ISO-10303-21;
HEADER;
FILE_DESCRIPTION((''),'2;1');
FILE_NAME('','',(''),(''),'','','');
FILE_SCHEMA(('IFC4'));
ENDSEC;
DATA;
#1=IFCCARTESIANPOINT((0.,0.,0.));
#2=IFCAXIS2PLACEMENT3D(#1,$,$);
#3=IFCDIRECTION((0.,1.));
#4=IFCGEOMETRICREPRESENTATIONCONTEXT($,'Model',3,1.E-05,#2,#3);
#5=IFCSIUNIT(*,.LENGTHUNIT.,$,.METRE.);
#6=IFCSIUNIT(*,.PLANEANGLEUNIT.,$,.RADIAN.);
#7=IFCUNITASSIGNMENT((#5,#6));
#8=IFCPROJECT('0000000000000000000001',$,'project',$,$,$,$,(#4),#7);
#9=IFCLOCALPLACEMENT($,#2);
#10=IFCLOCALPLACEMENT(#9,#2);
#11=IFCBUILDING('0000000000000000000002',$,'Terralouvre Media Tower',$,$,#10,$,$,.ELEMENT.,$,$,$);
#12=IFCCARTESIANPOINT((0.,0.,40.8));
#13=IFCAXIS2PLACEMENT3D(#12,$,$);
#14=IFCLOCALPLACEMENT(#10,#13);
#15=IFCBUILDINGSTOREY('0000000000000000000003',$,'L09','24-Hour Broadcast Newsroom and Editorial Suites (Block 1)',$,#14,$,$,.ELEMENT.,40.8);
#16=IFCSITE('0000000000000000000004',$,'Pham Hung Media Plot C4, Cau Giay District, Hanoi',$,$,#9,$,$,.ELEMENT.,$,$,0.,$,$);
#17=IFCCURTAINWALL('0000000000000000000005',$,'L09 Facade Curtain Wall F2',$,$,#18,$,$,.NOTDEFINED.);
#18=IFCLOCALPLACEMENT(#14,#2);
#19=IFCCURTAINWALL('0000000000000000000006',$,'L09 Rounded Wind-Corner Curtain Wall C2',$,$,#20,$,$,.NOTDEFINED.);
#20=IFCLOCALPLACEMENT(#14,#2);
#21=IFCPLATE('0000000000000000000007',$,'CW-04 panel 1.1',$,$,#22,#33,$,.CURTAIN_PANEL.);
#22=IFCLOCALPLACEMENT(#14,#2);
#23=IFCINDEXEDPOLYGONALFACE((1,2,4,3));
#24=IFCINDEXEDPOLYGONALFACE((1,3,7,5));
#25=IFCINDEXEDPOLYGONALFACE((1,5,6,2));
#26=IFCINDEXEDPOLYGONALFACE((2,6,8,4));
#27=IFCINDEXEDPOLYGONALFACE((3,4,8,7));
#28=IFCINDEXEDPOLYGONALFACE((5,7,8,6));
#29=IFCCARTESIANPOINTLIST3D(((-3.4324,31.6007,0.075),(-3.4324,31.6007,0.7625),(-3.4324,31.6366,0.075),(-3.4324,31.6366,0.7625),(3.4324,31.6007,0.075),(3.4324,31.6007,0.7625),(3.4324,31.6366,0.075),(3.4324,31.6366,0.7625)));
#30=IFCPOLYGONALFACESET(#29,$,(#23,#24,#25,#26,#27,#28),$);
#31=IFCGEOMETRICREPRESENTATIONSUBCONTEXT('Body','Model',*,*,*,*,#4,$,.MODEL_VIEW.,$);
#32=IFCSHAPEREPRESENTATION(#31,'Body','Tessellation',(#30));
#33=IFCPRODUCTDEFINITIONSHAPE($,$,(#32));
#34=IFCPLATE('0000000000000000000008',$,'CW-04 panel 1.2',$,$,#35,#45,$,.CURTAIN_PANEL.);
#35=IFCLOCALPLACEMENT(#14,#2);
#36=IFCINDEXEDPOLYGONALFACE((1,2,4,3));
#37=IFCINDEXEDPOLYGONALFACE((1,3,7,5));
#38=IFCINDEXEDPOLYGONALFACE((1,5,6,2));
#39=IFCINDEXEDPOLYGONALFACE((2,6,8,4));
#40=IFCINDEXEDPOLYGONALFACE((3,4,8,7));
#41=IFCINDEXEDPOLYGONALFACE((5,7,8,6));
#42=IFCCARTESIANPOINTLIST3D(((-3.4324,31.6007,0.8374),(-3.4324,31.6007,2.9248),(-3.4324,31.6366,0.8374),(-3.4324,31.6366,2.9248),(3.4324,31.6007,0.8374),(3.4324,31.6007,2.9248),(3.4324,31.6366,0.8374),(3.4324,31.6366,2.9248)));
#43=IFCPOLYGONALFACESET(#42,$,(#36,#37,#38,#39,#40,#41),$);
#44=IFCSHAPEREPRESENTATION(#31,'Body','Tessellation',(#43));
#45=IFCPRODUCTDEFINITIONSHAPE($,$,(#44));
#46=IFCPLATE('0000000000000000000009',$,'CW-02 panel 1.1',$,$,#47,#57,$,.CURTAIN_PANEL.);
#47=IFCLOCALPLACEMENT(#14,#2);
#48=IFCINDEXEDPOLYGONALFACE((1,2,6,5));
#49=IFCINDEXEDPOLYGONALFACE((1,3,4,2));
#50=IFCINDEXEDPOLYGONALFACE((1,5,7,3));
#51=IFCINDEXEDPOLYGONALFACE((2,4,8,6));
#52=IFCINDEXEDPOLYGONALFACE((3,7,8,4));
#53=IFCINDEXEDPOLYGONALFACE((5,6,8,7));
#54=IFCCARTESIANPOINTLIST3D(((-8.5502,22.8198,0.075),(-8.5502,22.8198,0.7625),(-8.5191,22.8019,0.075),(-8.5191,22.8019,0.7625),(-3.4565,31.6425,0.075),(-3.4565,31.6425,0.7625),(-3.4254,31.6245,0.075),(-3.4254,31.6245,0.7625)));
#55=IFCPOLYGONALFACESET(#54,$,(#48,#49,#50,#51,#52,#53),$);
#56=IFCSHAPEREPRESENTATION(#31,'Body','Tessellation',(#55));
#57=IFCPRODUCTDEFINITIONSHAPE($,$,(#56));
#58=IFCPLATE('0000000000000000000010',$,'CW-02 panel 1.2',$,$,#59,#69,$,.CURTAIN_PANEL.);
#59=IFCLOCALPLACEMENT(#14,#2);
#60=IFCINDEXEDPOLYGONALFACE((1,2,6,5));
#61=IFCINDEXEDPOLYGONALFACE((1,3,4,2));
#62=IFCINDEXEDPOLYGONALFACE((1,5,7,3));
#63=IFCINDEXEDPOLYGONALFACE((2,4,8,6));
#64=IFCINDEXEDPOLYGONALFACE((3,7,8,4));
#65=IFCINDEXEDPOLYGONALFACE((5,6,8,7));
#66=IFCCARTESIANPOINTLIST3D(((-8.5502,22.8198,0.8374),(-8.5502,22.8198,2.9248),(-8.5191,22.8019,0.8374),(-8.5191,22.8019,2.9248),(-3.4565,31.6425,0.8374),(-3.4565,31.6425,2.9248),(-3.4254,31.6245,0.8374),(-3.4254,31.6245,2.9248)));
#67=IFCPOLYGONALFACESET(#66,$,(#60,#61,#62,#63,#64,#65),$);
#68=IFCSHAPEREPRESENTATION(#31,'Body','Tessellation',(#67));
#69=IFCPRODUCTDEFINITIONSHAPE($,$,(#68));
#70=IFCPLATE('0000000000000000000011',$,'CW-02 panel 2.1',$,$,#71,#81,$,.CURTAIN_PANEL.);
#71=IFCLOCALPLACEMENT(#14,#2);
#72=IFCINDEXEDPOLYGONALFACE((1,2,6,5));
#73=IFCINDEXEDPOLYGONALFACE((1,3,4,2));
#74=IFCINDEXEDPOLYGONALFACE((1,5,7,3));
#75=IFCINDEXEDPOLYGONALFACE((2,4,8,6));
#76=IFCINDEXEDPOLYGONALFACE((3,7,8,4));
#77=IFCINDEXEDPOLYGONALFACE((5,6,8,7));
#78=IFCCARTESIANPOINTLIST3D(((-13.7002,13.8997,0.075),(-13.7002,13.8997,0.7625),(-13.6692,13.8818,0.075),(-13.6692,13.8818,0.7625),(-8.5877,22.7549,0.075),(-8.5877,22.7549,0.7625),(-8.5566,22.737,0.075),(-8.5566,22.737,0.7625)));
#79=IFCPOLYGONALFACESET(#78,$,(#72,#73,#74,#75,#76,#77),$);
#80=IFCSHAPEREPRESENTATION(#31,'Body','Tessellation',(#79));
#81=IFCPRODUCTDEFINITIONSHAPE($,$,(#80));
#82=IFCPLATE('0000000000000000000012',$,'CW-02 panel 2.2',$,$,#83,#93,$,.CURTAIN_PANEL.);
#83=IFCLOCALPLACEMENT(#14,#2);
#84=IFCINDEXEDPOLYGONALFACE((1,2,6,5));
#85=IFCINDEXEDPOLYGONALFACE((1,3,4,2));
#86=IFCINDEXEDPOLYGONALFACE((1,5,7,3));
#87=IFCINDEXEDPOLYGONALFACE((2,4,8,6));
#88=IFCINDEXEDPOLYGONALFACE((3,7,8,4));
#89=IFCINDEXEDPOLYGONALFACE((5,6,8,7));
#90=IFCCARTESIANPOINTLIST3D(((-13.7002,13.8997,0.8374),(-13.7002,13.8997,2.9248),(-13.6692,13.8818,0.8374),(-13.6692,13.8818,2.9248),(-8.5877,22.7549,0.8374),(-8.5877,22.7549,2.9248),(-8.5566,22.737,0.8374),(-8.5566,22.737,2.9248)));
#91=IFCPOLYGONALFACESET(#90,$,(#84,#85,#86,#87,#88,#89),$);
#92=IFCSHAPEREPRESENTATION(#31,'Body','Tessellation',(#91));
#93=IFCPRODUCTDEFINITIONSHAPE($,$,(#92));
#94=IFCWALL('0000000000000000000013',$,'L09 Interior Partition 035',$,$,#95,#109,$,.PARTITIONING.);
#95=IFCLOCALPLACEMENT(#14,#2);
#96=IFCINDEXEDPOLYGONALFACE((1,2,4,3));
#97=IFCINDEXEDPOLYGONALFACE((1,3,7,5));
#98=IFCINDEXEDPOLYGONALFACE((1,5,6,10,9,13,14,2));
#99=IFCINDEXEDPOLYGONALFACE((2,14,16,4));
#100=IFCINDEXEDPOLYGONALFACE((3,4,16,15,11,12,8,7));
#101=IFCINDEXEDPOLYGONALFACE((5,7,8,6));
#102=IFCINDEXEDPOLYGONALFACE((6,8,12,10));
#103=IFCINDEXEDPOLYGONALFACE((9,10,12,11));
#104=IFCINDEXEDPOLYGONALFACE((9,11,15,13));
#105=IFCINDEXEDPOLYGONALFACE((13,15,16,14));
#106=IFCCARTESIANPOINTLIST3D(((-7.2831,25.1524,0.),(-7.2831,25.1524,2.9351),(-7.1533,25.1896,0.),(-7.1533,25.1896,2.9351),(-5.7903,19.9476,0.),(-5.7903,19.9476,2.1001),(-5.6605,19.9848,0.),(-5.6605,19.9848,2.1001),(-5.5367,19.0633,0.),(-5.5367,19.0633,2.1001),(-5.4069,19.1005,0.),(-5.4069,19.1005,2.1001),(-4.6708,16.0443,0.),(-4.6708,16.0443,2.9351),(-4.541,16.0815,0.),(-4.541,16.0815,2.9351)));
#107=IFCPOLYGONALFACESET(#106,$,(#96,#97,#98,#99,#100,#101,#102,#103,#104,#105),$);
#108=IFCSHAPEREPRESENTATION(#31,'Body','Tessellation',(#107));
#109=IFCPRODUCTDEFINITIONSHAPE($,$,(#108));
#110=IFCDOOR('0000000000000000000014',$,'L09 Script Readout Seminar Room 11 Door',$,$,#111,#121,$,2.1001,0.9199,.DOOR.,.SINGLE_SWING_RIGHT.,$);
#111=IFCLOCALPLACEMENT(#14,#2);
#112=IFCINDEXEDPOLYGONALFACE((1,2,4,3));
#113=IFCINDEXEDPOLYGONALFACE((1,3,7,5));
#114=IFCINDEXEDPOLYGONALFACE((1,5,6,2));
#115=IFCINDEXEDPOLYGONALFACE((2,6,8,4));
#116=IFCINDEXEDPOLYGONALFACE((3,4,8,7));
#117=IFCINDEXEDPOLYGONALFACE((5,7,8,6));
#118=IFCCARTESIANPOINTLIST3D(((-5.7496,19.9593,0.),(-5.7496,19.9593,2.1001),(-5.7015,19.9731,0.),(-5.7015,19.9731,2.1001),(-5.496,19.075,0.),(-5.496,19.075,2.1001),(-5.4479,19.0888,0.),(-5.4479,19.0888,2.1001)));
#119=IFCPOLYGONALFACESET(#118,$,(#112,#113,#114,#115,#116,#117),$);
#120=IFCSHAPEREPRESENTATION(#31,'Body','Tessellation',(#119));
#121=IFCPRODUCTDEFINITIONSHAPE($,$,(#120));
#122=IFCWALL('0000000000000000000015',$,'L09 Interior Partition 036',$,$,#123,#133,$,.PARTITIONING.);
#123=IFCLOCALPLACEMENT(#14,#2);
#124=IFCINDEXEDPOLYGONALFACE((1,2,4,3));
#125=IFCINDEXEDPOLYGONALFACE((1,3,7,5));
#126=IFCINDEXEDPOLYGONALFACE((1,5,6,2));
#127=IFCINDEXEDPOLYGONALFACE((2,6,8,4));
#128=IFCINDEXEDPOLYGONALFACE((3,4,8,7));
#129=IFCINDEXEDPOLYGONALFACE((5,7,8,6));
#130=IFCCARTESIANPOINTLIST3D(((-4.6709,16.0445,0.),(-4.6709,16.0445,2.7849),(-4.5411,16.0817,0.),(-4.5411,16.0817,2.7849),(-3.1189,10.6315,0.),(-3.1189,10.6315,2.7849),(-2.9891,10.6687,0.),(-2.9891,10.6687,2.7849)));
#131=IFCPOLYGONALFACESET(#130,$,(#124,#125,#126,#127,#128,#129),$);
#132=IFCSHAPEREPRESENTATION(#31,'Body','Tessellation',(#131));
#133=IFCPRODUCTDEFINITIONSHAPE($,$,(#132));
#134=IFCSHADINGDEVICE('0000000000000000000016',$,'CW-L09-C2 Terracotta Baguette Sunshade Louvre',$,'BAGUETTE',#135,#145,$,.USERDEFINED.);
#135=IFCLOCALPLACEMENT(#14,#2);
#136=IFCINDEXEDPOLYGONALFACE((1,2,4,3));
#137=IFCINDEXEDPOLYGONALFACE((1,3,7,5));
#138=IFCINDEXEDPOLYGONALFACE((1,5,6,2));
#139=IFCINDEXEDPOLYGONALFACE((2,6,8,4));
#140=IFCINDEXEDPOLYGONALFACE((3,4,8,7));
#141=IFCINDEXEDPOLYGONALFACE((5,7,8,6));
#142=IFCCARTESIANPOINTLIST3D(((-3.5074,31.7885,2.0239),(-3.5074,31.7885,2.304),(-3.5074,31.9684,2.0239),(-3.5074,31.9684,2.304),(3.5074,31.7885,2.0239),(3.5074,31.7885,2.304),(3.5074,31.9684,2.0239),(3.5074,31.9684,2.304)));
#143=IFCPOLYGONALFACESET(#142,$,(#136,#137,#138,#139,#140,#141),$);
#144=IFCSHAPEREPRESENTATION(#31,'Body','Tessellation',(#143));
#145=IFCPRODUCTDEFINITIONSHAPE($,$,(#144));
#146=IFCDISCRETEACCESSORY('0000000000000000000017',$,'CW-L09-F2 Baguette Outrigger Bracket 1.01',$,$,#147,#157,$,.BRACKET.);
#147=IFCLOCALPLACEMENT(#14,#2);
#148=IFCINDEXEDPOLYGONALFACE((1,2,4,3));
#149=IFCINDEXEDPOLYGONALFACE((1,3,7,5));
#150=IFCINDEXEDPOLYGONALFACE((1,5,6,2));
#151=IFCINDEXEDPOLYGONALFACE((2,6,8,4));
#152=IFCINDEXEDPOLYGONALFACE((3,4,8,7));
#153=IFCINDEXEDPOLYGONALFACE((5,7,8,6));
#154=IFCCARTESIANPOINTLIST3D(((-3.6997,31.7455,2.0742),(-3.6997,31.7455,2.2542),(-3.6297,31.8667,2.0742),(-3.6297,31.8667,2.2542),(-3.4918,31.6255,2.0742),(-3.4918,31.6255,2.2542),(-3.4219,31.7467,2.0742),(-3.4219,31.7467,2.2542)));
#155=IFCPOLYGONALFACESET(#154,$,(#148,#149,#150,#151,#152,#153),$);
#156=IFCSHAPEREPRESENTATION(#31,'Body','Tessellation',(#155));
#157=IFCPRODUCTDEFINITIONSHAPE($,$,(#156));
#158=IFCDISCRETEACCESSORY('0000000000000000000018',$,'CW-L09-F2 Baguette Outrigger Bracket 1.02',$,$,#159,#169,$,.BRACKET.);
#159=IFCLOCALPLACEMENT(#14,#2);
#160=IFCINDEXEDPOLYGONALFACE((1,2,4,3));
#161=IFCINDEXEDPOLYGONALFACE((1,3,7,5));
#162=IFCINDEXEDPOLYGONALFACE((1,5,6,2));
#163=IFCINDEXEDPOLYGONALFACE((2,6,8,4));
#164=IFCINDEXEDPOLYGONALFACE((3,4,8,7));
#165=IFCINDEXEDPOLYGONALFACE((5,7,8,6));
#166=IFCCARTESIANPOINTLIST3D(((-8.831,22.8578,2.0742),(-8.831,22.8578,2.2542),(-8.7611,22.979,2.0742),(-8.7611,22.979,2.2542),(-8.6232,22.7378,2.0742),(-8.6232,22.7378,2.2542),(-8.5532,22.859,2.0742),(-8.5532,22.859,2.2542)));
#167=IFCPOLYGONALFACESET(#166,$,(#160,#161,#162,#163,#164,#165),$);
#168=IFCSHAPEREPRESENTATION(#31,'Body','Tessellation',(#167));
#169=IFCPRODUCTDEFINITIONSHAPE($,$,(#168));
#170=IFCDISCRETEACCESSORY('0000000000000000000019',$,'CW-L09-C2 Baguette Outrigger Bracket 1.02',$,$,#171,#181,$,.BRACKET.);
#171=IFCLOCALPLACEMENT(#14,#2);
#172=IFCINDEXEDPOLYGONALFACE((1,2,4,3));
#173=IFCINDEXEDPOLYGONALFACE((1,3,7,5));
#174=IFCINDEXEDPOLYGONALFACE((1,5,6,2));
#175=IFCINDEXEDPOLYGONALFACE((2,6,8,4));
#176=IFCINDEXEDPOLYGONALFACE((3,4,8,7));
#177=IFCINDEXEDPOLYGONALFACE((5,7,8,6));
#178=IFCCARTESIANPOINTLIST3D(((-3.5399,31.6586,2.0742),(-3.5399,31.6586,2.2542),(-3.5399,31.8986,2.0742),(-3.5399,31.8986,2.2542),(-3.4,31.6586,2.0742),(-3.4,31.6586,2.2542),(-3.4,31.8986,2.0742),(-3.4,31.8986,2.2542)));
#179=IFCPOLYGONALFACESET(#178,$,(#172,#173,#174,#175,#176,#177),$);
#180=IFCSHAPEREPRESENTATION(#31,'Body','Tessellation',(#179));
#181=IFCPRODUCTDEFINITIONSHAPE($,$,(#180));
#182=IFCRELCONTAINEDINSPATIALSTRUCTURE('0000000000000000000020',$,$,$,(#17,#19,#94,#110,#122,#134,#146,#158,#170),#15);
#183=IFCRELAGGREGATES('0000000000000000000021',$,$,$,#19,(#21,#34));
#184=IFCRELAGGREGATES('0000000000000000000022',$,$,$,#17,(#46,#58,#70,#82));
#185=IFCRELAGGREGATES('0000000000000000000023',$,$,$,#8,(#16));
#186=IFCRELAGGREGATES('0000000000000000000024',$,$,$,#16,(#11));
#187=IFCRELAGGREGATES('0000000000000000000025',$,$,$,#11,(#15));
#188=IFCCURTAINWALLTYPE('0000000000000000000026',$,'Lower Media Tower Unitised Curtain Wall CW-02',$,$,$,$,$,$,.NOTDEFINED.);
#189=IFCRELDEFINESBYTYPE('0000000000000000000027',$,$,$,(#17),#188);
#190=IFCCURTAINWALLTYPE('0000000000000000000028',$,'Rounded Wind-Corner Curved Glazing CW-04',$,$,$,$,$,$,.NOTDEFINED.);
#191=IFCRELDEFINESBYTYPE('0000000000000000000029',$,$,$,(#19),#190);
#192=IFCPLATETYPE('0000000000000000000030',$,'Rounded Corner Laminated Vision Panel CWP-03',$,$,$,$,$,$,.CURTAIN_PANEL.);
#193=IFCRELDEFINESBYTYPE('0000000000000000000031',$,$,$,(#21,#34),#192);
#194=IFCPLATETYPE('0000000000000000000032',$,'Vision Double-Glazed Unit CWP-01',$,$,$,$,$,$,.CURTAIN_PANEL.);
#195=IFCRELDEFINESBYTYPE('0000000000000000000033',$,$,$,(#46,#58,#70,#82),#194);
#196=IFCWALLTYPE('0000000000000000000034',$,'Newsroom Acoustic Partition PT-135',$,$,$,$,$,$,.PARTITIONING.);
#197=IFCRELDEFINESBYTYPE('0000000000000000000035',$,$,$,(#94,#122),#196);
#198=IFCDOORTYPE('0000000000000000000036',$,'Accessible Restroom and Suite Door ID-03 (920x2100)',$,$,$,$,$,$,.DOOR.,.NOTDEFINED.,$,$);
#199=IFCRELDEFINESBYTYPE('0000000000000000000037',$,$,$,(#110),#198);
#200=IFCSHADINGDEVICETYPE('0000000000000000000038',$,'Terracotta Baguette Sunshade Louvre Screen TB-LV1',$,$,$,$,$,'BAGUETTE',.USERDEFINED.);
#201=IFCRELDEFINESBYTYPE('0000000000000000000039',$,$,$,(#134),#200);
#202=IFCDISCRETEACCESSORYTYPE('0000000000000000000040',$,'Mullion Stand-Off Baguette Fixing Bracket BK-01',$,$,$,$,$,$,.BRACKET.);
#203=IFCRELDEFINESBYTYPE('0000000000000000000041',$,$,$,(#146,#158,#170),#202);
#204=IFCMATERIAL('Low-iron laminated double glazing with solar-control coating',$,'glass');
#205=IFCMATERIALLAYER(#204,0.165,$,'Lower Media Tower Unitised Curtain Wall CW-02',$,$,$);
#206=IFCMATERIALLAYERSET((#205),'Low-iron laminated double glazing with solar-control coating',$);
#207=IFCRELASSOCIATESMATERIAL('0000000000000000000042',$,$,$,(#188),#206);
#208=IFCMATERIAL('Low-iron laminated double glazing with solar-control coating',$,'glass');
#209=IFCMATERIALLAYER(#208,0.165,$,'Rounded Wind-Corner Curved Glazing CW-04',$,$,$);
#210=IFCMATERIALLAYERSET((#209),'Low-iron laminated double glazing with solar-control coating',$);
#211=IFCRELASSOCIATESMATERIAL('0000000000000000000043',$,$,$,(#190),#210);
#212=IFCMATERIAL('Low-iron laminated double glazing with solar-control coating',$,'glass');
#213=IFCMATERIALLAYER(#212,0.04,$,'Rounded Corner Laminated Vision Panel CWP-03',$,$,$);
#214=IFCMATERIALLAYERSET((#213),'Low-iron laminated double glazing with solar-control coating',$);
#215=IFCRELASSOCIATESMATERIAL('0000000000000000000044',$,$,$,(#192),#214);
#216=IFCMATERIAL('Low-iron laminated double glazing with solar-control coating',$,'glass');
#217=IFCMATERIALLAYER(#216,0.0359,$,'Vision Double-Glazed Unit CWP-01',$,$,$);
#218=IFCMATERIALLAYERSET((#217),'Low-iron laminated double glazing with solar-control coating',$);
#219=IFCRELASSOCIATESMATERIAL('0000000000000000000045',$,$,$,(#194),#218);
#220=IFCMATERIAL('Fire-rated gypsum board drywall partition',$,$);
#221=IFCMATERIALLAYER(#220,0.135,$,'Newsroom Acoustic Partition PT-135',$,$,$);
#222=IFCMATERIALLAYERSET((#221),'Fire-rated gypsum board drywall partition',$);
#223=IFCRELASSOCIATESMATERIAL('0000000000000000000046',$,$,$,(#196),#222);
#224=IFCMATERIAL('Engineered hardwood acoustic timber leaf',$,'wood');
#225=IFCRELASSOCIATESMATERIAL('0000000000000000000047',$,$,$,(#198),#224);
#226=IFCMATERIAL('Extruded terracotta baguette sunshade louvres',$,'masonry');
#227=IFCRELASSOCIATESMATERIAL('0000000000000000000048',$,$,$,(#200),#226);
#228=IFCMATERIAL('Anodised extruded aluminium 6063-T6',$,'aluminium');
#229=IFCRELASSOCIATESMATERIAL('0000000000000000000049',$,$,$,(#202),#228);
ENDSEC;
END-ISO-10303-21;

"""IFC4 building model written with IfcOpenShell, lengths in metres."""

from ifc_helpers import new_model, si_unit, direction, frame, frame_2d, origin, origin_2d, place, context, subcontext, project, spatial, rectangle, extrude, material, layer, layer_set, type_object, element, fill, aggregate, save


model = new_model("IFC4")

# Units and contexts
model_context = context("Model", 3, precision=1e-05, world=origin(), true_north=direction((0.0, 1.0)))
body_context = subcontext(model_context, "Body", "Model", "MODEL_VIEW")
ifc_project = project(units=[si_unit("LENGTHUNIT", "METRE"), si_unit("PLANEANGLEUNIT", "RADIAN")], contexts=[model_context])

# Site, building, storey
site_placement = place(None, origin())
site = spatial("IfcSite", under=ifc_project, at=site_placement, Name="Pham Hung Media Plot C4, Cau Giay District, Hanoi", CompositionType="ELEMENT", RefElevation=0.0)
building_placement = place(site_placement, origin())
building = spatial("IfcBuilding", under=site, at=building_placement, Name="Terralouvre Media Tower", CompositionType="ELEMENT")
storey_placement = place(building_placement, frame((0.0, 0.0, 40.8)))
storey = spatial("IfcBuildingStorey", under=building, at=storey_placement, Name="L09", Description="24-Hour Broadcast Newsroom and Editorial Suites (Block 1)", CompositionType="ELEMENT", Elevation=40.8)

# Curtain wall
ifc_material_1 = material(Name="Low-iron laminated double glazing with solar-control coating", Category="glass")
ifc_layer_1 = layer(ifc_material_1, 0.165, Name="Lower Media Tower Unitised Curtain Wall CW-02")
ifc_layer_set_1 = layer_set([ifc_layer_1], Name="Low-iron laminated double glazing with solar-control coating")
curtain_wall_type_1 = type_object("IfcCurtainWallType", Name="Lower Media Tower Unitised Curtain Wall CW-02", PredefinedType="NOTDEFINED", material=ifc_layer_set_1)
curtain_wall_1_placement = place(storey_placement, origin())
curtain_wall_1 = element("IfcCurtainWall", 1, at=curtain_wall_1_placement, inside=storey, type_object=curtain_wall_type_1, Name="L09 Facade Curtain Wall F2", PredefinedType="NOTDEFINED")

# Curtain wall
ifc_material_2 = material(Name="Low-iron laminated double glazing with solar-control coating", Category="glass")
ifc_layer_2 = layer(ifc_material_2, 0.165, Name="Rounded Wind-Corner Curved Glazing CW-04")
ifc_layer_set_2 = layer_set([ifc_layer_2], Name="Low-iron laminated double glazing with solar-control coating")
curtain_wall_type_2 = type_object("IfcCurtainWallType", Name="Rounded Wind-Corner Curved Glazing CW-04", PredefinedType="NOTDEFINED", material=ifc_layer_set_2)
curtain_wall_2_placement = place(storey_placement, origin())
curtain_wall_2 = element("IfcCurtainWall", 2, at=curtain_wall_2_placement, inside=storey, type_object=curtain_wall_type_2, Name="L09 Rounded Wind-Corner Curtain Wall C2", PredefinedType="NOTDEFINED")

# Plates
ifc_material_3 = material(Name="Low-iron laminated double glazing with solar-control coating", Category="glass")
ifc_layer_3 = layer(ifc_material_3, 0.04, Name="Rounded Corner Laminated Vision Panel CWP-03")
ifc_layer_set_3 = layer_set([ifc_layer_3], Name="Low-iron laminated double glazing with solar-control coating")
plate_type_1 = type_object("IfcPlateType", Name="Rounded Corner Laminated Vision Panel CWP-03", PredefinedType="CURTAIN_PANEL", material=ifc_layer_set_3)
plate_1_placement = place(storey_placement, frame((0.0, 31.6187, 0.075), z_axis=(0.0, 0.0, 1.0), x_axis=(-1.0, 0.0, 0.0)))
plate_1 = element("IfcPlate", 3, at=plate_1_placement, type_object=plate_type_1, Name="CW-04 panel 1.1", PredefinedType="CURTAIN_PANEL", context=body_context, shape_type="SweptSolid", body=[
    extrude(rectangle(XDim=6.8647, YDim=0.0359, at=origin_2d()), origin(), (0.0, 0.0, 1.0), 0.6875),
])
plate_2_placement = place(storey_placement, frame((0.0, 31.6187, 0.8374), z_axis=(0.0, 0.0, 1.0), x_axis=(-1.0, 0.0, 0.0)))
plate_2 = element("IfcPlate", 4, at=plate_2_placement, type_object=plate_type_1, Name="CW-04 panel 1.2", PredefinedType="CURTAIN_PANEL", context=body_context, shape_type="SweptSolid", body=[
    extrude(rectangle(XDim=6.8647, YDim=0.0359, at=origin_2d()), origin(), (0.0, 0.0, 1.0), 2.0874),
])
aggregate(curtain_wall_2, [plate_1, plate_2])
ifc_material_4 = material(Name="Low-iron laminated double glazing with solar-control coating", Category="glass")
ifc_layer_4 = layer(ifc_material_4, 0.0359, Name="Vision Double-Glazed Unit CWP-01")
ifc_layer_set_4 = layer_set([ifc_layer_4], Name="Low-iron laminated double glazing with solar-control coating")
plate_type_2 = type_object("IfcPlateType", Name="Vision Double-Glazed Unit CWP-01", PredefinedType="CURTAIN_PANEL", material=ifc_layer_set_4)
plate_3_placement = place(storey_placement, frame((-5.9878, 27.2222, 0.075), z_axis=(0.0, 0.0, 1.0), x_axis=(-0.5, -0.866025, 0.0)))
plate_3 = element("IfcPlate", 5, at=plate_3_placement, type_object=plate_type_2, Name="CW-02 panel 1.1", PredefinedType="CURTAIN_PANEL", context=body_context, shape_type="SweptSolid", body=[
    extrude(rectangle(XDim=10.1875, YDim=0.0359, at=origin_2d()), origin(), (0.0, 0.0, 1.0), 0.6875),
])
plate_4_placement = place(storey_placement, frame((-5.9878, 27.2222, 0.8374), z_axis=(0.0, 0.0, 1.0), x_axis=(-0.5, -0.866025, 0.0)))
plate_4 = element("IfcPlate", 6, at=plate_4_placement, type_object=plate_type_2, Name="CW-02 panel 1.2", PredefinedType="CURTAIN_PANEL", context=body_context, shape_type="SweptSolid", body=[
    extrude(rectangle(XDim=10.1875, YDim=0.0359, at=origin_2d()), origin(), (0.0, 0.0, 1.0), 2.0874),
])
plate_5_placement = place(storey_placement, frame((-11.1284, 18.3184, 0.075), z_axis=(0.0, 0.0, 1.0), x_axis=(-0.5, -0.866025, 0.0)))
plate_5 = element("IfcPlate", 7, at=plate_5_placement, type_object=plate_type_2, Name="CW-02 panel 2.1", PredefinedType="CURTAIN_PANEL", context=body_context, shape_type="SweptSolid", body=[
    extrude(rectangle(XDim=10.2251, YDim=0.0359, at=origin_2d()), origin(), (0.0, 0.0, 1.0), 0.6875),
])
plate_6_placement = place(storey_placement, frame((-11.1284, 18.3184, 0.8374), z_axis=(0.0, 0.0, 1.0), x_axis=(-0.5, -0.866025, 0.0)))
plate_6 = element("IfcPlate", 8, at=plate_6_placement, type_object=plate_type_2, Name="CW-02 panel 2.2", PredefinedType="CURTAIN_PANEL", context=body_context, shape_type="SweptSolid", body=[
    extrude(rectangle(XDim=10.2251, YDim=0.0359, at=origin_2d()), origin(), (0.0, 0.0, 1.0), 2.0874),
])
aggregate(curtain_wall_1, [plate_3, plate_4, plate_5, plate_6])

# Wall, opening, door
ifc_material_5 = material(Name="Fire-rated gypsum board drywall partition")
ifc_layer_5 = layer(ifc_material_5, 0.135, Name="Newsroom Acoustic Partition PT-135")
ifc_layer_set_5 = layer_set([ifc_layer_5], Name="Fire-rated gypsum board drywall partition")
wall_type = type_object("IfcWallType", Name="Newsroom Acoustic Partition PT-135", PredefinedType="PARTITIONING", material=ifc_layer_set_5)
wall_1_placement = place(storey_placement, frame((-7.2183, 25.1711, 0.0), z_axis=(0.0, 0.0, 1.0), x_axis=(0.275694, -0.961245, 0.0)))
wall_1 = element("IfcWall", 9, at=wall_1_placement, inside=storey, type_object=wall_type, Name="L09 Interior Partition 035", PredefinedType="PARTITIONING", context=body_context, shape_type="SweptSolid", body=[
    extrude(rectangle(XDim=9.4753, YDim=0.135, at=frame_2d((4.7378, 0.0))), origin(), (0.0, 0.0, 1.0), 2.9351),
])
opening_placement = place(wall_1_placement, frame((5.4148, 0.0, 0.0)))
opening = element("IfcOpeningElement", 10, at=opening_placement, cuts=wall_1, PredefinedType="OPENING", context=body_context, shape_type="SweptSolid", body=[
    extrude(rectangle(XDim=0.9199, YDim=2.1001, at=frame_2d((0.46, 1.05))), frame((0.0, 0.0774, 0.0), z_axis=(0.0, -1.0, 0.0), x_axis=(1.0, 0.0, 0.0)), (0.0, 0.0, 1.0), 0.155),
])
ifc_material_6 = material(Name="Engineered hardwood acoustic timber leaf", Category="wood")
door_type = type_object("IfcDoorType", Name="Accessible Restroom and Suite Door ID-03 (920x2100)", OperationType="NOTDEFINED", PredefinedType="DOOR", material=ifc_material_6)
door_placement = place(opening_placement, origin())
door = element("IfcDoor", 11, at=door_placement, inside=storey, type_object=door_type, Name="L09 Script Readout Seminar Room 11 Door", OperationType="SINGLE_SWING_RIGHT", OverallHeight=2.1001, OverallWidth=0.9199, PredefinedType="DOOR", context=body_context, shape_type="SweptSolid", body=[
    extrude(rectangle(XDim=0.9199, YDim=2.1001, at=frame_2d((0.46, 1.05))), frame((0.0, 0.0249, 0.0), z_axis=(0.0, -1.0, 0.0), x_axis=(1.0, 0.0, 0.0)), (0.0, 0.0, 1.0), 0.05),
])
fill(opening, door)

# Wall
wall_2_placement = place(storey_placement, frame((-4.606, 16.063, 0.0), z_axis=(0.0, 0.0, 1.0), x_axis=(0.275609, -0.96127, 0.0)))
element("IfcWall", 12, at=wall_2_placement, inside=storey, type_object=wall_type, Name="L09 Interior Partition 036", PredefinedType="PARTITIONING", context=body_context, shape_type="SweptSolid", body=[
    extrude(rectangle(XDim=5.6311, YDim=0.135, at=frame_2d((2.8154, 0.0))), origin(), (0.0, 0.0, 1.0), 2.7849),
])

# Shading device
ifc_material_7 = material(Name="Extruded terracotta baguette sunshade louvres", Category="masonry")
shading_device_type = type_object("IfcShadingDeviceType", Name="Terracotta Baguette Sunshade Louvre Screen TB-LV1", ElementType="BAGUETTE", PredefinedType="USERDEFINED", material=ifc_material_7)
shading_device_placement = place(storey_placement, frame((0.0, 31.8784, 2.0239), z_axis=(0.0, 0.0, 1.0), x_axis=(-1.0, 0.0, 0.0)))
element("IfcShadingDevice", 13, at=shading_device_placement, inside=storey, type_object=shading_device_type, Name="CW-L09-C2 Terracotta Baguette Sunshade Louvre", ObjectType="BAGUETTE", PredefinedType="USERDEFINED", context=body_context, shape_type="SweptSolid", body=[
    extrude(rectangle(XDim=7.0149, YDim=0.1799, at=origin_2d()), origin(), (0.0, 0.0, 1.0), 0.28),
])

# Discrete accessories
ifc_material_8 = material(Name="Anodised extruded aluminium 6063-T6", Category="aluminium")
discrete_accessory_type = type_object("IfcDiscreteAccessoryType", Name="Mullion Stand-Off Baguette Fixing Bracket BK-01", PredefinedType="BRACKET", material=ifc_material_8)
for number, where, z_axis, x_axis, name in (
    (14, (-3.5608, 31.7461, 2.0742), (0.0, 0.0, 1.0), (-0.5, -0.866025, 0.0), "CW-L09-F2 Baguette Outrigger Bracket 1.01"),
    (15, (-8.6921, 22.8584, 2.0742), (0.0, 0.0, 1.0), (-0.5, -0.866025, 0.0), "CW-L09-F2 Baguette Outrigger Bracket 1.02"),
    (16, (-3.47, 31.7786, 2.0742), (0.0, 0.0, 1.0), (-1.0, 0.0, 0.0), "CW-L09-C2 Baguette Outrigger Bracket 1.02"),
):
    element("IfcDiscreteAccessory", number, at=place(storey_placement, frame(where, z_axis=z_axis, x_axis=x_axis)), inside=storey, type_object=discrete_accessory_type, Name=name, PredefinedType="BRACKET", context=body_context, shape_type="SweptSolid", body=[
        extrude(rectangle(XDim=0.1399, YDim=0.24, at=origin_2d()), origin(), (0.0, 0.0, 1.0), 0.1799),
    ])

save(model, "model.ifc")
